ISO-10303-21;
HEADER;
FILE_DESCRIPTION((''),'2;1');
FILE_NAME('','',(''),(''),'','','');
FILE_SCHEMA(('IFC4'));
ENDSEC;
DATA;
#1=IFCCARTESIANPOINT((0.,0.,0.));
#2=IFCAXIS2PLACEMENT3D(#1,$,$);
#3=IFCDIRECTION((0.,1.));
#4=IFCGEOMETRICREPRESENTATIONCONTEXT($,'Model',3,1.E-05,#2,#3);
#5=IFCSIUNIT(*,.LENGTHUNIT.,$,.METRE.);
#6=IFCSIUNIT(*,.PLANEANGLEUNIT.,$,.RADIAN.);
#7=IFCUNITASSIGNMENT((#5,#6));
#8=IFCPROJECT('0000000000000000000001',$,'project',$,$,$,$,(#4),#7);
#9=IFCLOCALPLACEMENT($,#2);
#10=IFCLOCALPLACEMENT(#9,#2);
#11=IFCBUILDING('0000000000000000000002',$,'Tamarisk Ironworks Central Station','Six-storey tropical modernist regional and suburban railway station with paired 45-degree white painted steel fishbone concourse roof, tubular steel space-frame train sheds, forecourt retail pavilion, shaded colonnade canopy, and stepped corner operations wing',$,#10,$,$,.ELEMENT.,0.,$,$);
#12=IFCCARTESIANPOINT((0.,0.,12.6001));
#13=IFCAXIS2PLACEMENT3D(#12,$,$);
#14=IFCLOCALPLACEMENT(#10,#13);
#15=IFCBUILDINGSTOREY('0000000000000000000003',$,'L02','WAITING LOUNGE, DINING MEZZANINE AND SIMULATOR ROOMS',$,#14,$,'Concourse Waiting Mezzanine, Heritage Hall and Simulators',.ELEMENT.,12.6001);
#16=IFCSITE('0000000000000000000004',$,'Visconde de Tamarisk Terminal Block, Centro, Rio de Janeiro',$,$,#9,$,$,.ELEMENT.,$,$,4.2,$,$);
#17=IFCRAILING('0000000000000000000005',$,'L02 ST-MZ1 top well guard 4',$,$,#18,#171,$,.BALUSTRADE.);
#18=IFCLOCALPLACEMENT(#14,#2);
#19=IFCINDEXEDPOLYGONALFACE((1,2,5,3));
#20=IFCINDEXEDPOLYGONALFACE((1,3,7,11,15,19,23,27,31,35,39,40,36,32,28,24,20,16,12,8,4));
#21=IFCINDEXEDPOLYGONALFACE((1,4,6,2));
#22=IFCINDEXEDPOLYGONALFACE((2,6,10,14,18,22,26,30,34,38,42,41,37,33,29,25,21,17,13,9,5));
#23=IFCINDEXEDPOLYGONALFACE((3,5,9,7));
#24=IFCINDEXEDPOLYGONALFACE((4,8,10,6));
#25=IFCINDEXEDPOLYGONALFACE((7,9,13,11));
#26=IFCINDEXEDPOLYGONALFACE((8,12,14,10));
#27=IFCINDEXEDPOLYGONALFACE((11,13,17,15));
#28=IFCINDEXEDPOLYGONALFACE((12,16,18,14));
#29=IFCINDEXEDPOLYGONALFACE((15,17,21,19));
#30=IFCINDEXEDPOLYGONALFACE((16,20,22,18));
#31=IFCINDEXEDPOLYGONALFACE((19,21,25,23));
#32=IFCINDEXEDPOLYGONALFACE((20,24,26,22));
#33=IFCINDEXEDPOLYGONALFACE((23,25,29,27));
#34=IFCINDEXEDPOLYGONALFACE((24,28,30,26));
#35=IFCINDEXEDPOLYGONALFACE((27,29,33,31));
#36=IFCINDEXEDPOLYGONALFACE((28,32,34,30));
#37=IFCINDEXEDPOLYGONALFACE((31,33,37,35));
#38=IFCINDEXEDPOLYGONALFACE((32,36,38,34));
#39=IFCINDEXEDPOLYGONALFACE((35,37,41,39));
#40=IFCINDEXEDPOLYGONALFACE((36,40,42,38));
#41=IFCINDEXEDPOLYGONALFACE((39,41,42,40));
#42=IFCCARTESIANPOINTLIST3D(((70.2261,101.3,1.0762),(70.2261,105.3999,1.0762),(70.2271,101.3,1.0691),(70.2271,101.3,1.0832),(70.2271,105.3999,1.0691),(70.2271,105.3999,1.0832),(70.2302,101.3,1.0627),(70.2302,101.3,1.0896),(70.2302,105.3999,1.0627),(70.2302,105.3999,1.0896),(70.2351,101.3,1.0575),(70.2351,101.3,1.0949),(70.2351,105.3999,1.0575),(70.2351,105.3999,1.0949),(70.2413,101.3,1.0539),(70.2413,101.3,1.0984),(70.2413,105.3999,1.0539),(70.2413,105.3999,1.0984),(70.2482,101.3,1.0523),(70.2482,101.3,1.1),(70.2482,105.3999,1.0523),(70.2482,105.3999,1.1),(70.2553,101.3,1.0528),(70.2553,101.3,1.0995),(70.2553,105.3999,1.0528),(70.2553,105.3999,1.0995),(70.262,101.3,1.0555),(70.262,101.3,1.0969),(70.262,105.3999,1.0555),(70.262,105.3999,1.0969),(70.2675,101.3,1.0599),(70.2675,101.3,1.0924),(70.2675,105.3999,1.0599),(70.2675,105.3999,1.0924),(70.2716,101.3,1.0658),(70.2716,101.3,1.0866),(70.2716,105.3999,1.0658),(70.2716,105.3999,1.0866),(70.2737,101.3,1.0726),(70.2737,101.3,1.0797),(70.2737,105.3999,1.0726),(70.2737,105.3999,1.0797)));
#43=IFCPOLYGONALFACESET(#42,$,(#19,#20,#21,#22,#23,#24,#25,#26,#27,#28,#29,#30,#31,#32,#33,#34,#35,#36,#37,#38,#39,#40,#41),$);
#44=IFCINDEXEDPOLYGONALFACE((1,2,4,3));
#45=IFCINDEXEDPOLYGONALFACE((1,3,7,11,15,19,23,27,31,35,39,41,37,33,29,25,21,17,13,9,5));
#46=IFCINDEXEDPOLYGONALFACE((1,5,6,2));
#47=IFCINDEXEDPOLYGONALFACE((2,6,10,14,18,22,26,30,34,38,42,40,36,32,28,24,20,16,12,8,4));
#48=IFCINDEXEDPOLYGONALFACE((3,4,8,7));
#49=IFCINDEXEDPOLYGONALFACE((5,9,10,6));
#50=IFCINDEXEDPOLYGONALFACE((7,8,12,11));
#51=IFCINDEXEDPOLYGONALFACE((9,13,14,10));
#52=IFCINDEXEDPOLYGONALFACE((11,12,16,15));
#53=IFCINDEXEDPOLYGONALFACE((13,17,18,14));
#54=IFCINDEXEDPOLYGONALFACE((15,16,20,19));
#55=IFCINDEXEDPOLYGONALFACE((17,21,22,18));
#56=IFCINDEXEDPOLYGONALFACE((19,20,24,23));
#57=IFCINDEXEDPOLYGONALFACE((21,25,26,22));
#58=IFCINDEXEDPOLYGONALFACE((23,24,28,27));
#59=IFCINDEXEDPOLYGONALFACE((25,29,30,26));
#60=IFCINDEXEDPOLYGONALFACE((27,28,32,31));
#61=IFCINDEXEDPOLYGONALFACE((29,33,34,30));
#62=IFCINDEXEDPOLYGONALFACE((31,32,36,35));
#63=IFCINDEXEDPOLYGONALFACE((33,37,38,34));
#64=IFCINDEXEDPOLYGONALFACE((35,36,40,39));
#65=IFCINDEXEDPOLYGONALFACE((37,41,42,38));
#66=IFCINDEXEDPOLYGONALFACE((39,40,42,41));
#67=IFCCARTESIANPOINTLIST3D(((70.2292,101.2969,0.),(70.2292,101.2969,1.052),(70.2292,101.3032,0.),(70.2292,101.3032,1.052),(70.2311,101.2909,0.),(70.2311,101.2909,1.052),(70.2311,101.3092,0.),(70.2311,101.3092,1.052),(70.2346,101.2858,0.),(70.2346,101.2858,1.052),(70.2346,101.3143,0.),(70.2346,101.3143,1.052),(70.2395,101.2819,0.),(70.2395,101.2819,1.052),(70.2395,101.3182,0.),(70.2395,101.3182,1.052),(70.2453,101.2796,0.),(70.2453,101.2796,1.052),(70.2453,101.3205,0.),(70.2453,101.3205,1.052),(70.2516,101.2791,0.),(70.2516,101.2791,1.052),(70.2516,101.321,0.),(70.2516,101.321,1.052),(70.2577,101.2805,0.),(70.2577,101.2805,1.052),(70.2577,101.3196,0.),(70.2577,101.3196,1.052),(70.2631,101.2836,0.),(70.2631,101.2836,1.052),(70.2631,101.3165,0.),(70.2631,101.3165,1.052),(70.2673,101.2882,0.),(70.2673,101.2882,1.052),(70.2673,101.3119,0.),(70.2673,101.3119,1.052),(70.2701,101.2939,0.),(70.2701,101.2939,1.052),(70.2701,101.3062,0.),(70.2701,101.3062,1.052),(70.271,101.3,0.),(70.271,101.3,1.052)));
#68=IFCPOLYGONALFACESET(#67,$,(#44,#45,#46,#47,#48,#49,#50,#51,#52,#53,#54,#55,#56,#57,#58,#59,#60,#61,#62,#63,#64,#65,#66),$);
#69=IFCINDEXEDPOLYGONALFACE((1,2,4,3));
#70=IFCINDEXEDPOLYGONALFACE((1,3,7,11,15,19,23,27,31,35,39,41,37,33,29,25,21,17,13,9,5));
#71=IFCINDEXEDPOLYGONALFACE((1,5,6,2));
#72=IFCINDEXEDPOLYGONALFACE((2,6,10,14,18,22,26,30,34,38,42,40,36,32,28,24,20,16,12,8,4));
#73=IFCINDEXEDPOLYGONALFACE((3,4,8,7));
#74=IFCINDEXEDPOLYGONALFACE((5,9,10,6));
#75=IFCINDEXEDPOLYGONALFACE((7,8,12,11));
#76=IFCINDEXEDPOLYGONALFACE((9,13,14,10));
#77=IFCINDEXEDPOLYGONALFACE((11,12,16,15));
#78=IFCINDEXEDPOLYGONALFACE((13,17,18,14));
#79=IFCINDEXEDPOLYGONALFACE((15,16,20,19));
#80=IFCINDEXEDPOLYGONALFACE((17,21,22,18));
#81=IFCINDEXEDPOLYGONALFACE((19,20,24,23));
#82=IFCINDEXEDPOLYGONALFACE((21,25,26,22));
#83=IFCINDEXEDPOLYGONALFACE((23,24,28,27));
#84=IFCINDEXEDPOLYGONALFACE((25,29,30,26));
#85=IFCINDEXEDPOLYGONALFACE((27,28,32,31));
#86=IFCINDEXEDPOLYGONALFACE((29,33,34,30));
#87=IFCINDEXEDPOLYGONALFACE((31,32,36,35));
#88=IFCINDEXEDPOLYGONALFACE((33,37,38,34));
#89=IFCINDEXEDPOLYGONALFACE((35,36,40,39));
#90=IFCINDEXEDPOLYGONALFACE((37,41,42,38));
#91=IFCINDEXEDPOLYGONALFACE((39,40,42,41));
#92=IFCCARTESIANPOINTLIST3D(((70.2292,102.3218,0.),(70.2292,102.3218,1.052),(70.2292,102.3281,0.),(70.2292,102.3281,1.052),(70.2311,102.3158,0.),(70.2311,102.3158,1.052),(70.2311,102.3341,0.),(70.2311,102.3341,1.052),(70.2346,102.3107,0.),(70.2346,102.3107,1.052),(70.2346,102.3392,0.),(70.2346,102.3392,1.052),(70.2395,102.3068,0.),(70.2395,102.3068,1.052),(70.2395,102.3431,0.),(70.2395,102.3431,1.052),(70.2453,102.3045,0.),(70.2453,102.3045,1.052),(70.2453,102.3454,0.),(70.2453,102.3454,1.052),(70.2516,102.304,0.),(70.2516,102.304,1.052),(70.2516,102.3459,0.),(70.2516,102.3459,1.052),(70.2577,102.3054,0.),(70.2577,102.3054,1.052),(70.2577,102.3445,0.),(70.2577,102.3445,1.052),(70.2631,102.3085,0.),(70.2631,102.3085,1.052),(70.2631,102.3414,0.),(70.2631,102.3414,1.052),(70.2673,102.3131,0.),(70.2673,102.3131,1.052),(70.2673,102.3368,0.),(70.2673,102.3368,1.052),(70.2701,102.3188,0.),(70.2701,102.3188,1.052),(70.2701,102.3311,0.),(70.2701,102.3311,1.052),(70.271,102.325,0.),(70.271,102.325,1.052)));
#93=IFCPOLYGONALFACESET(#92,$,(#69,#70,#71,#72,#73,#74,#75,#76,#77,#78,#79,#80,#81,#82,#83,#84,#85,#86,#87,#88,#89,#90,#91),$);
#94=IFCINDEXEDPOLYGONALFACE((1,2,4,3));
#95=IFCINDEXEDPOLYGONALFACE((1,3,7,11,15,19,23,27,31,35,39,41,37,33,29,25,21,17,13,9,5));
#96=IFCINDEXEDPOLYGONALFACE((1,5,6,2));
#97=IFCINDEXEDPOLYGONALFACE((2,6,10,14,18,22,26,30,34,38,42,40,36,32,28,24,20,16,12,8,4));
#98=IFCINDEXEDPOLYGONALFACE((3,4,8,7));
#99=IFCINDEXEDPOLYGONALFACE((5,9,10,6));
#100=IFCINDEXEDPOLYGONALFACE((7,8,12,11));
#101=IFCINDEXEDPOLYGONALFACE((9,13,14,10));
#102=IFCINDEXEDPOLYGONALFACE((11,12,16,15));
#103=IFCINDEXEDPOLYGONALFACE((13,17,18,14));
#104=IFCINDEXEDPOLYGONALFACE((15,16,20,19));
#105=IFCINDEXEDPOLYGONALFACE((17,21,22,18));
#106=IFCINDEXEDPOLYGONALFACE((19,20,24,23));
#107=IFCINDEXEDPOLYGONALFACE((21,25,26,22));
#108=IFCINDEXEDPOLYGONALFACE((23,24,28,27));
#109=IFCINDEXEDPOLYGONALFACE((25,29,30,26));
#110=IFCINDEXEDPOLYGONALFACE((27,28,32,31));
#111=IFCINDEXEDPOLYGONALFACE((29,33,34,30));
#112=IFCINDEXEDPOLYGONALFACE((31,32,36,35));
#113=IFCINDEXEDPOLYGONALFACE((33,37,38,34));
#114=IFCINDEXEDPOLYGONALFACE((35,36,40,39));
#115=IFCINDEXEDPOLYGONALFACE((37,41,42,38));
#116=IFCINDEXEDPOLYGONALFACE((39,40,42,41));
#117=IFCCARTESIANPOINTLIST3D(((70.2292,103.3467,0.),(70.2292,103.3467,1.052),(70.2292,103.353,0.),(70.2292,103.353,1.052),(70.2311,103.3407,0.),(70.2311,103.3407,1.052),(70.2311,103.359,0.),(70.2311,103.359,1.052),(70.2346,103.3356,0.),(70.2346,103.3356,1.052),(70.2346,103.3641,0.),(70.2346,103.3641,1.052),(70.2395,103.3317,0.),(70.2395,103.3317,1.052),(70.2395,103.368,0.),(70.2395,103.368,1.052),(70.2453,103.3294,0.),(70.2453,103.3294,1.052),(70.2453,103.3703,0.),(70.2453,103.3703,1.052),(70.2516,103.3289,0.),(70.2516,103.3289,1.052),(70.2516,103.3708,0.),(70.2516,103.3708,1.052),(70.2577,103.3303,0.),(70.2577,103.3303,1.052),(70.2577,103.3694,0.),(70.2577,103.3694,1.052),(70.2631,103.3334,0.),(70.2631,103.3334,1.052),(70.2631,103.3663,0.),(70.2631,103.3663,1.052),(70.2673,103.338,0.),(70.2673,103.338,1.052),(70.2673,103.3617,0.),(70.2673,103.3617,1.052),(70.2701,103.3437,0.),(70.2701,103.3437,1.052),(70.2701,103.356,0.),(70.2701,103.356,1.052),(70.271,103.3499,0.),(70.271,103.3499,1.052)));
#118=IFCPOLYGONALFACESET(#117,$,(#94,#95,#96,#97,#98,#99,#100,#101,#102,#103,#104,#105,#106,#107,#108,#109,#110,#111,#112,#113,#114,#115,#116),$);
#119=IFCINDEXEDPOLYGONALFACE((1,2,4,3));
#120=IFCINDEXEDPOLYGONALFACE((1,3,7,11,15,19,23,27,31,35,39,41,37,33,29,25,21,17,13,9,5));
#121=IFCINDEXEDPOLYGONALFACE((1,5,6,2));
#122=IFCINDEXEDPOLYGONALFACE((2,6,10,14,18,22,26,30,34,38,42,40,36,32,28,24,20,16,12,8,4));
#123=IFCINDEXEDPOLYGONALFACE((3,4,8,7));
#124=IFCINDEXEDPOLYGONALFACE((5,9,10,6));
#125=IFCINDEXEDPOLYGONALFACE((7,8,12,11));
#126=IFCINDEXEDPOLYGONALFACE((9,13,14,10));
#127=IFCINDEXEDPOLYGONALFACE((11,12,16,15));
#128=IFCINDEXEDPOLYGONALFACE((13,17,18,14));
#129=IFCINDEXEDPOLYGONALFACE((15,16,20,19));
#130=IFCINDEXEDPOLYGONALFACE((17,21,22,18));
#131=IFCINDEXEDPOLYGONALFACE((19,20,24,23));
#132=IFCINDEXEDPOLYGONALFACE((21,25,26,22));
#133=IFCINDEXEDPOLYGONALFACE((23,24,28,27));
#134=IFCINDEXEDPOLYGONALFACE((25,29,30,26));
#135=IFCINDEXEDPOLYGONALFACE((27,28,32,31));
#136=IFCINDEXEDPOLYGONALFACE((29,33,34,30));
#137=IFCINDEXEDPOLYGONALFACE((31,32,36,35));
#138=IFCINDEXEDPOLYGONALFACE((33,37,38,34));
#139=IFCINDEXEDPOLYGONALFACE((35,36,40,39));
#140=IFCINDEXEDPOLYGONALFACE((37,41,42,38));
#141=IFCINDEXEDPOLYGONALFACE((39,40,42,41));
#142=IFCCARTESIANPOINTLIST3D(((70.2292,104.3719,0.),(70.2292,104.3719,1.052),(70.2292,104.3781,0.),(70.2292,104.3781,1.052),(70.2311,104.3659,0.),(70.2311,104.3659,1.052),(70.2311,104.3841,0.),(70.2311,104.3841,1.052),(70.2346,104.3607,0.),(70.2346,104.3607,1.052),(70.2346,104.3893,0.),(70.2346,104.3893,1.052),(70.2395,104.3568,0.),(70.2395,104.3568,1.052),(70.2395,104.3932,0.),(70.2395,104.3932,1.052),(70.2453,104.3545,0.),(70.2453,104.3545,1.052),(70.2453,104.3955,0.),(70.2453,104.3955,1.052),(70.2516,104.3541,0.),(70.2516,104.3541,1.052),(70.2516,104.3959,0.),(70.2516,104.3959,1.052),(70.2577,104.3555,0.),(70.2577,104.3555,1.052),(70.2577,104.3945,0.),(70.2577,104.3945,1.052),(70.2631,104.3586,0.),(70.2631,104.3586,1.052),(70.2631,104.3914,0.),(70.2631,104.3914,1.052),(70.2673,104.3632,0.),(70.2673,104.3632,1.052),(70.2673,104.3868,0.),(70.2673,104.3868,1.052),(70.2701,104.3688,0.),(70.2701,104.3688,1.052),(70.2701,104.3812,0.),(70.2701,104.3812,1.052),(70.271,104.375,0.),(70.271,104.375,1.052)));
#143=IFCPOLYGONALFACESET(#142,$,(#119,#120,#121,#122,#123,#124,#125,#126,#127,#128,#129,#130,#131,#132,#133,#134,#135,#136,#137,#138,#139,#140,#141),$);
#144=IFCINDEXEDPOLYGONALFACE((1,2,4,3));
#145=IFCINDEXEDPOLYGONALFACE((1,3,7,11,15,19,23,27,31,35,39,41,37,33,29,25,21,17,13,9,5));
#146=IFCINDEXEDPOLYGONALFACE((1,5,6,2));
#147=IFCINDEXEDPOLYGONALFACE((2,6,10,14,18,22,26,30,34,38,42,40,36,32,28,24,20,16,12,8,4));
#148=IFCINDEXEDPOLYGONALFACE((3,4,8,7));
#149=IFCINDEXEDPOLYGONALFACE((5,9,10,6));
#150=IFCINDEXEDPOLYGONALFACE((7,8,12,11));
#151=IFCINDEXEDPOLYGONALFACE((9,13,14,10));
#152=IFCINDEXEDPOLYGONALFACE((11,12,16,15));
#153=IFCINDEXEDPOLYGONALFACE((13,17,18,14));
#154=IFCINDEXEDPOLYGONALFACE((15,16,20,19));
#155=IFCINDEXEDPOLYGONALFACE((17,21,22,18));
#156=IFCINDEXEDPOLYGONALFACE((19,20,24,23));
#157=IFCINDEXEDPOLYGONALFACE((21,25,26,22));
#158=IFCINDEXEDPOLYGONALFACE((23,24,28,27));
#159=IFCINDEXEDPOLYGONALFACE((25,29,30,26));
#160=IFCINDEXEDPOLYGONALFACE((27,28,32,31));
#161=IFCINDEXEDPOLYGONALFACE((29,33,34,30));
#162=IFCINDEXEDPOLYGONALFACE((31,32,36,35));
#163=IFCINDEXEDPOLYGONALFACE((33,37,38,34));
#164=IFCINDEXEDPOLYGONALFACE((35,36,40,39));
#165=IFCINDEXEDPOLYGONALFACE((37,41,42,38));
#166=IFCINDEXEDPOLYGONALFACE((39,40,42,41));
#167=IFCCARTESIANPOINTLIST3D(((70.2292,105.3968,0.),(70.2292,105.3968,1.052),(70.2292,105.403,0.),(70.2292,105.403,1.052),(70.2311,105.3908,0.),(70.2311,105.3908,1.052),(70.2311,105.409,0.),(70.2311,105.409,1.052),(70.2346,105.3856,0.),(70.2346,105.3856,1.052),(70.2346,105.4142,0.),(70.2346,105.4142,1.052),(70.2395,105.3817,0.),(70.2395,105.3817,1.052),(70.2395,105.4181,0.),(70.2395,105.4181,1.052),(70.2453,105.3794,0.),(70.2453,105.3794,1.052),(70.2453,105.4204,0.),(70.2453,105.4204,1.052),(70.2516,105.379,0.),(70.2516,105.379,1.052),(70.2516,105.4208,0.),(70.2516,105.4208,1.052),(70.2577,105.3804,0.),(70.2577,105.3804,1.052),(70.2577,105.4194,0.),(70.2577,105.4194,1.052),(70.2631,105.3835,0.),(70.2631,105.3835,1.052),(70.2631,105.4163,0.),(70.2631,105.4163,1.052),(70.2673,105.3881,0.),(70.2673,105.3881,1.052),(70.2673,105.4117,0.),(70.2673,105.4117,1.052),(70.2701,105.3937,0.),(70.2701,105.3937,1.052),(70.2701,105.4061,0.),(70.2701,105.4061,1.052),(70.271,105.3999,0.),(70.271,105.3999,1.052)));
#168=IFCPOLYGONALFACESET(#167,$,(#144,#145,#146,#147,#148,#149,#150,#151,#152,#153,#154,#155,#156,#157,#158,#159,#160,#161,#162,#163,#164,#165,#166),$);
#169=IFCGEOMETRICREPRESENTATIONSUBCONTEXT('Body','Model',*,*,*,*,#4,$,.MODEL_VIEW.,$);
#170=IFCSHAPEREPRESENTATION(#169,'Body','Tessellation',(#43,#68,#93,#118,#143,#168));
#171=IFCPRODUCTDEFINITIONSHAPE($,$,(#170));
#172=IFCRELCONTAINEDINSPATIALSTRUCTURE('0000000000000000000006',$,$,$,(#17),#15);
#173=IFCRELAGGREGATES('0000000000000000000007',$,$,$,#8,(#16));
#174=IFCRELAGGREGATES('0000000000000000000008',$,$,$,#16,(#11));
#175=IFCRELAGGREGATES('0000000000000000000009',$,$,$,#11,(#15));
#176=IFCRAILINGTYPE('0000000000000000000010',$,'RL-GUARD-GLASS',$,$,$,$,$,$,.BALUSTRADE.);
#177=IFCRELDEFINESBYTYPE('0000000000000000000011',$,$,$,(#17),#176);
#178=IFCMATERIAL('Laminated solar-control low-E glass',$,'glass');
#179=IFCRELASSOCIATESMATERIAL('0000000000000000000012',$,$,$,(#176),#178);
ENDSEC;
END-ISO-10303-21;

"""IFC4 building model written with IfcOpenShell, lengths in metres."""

from ifc_helpers import new_model, si_unit, direction, frame, origin, origin_2d, place, context, subcontext, project, spatial, circle, extrude, material, type_object, element, save


model = new_model("IFC4")

# Units and contexts
model_context = context("Model", 3, precision=1e-05, world=origin(), true_north=direction((0.0, 1.0)))
body_context = subcontext(model_context, "Body", "Model", "MODEL_VIEW")
ifc_project = project(units=[si_unit("LENGTHUNIT", "METRE"), si_unit("PLANEANGLEUNIT", "RADIAN")], contexts=[model_context])

# Site, building, storey
site_placement = place(None, origin())
site = spatial("IfcSite", under=ifc_project, at=site_placement, Name="Visconde de Tamarisk Terminal Block, Centro, Rio de Janeiro", CompositionType="ELEMENT", RefElevation=4.2)
building_placement = place(site_placement, origin())
building = spatial("IfcBuilding", under=site, at=building_placement, Name="Tamarisk Ironworks Central Station", Description="Six-storey tropical modernist regional and suburban railway station with paired 45-degree white painted steel fishbone concourse roof, tubular steel space-frame train sheds, forecourt retail pavilion, shaded colonnade canopy, and stepped corner operations wing", CompositionType="ELEMENT", ElevationOfRefHeight=0.0)
storey_placement = place(building_placement, frame((0.0, 0.0, 12.6001)))
storey = spatial("IfcBuildingStorey", under=building, at=storey_placement, Name="L02", Description="WAITING LOUNGE, DINING MEZZANINE AND SIMULATOR ROOMS", LongName="Concourse Waiting Mezzanine, Heritage Hall and Simulators", CompositionType="ELEMENT", Elevation=12.6001)

# Shared definitions
ifc_material_1 = material(Name="Laminated solar-control low-E glass", Category="glass")

# Railing
railing_type = type_object("IfcRailingType", Name="RL-GUARD-GLASS", PredefinedType="BALUSTRADE", material=ifc_material_1)
railing_1_placement = place(storey_placement, frame((70.25, 101.3, 0.0)))
element("IfcRailing", 1, at=railing_1_placement, inside=storey, type_object=railing_type, Name="L02 ST-MZ1 top well guard 4", PredefinedType="BALUSTRADE", context=body_context, shape_type="SweptSolid", body=[
    extrude(circle(Radius=0.0239, at=origin_2d()), frame((0.0, 0.0, 1.0762), z_axis=(0.0, 1.0, 0.0), x_axis=(-1.0, 0.0, 0.0)), (0.0, 0.0, 1.0), 4.0999),
    extrude(circle(Radius=0.021, at=origin_2d()), origin(), (0.0, 0.0, 1.0), 1.052),
    extrude(circle(Radius=0.021, at=origin_2d()), frame((0.0, 1.0249, 0.0)), (0.0, 0.0, 1.0), 1.052),
    extrude(circle(Radius=0.021, at=origin_2d()), frame((0.0, 2.0498, 0.0)), (0.0, 0.0, 1.0), 1.052),
    extrude(circle(Radius=0.021, at=origin_2d()), frame((0.0, 3.075, 0.0)), (0.0, 0.0, 1.0), 1.052),
    extrude(circle(Radius=0.021, at=origin_2d()), frame((0.0, 4.0999, 0.0)), (0.0, 0.0, 1.0), 1.052),
])

save(model, "model.ifc")
